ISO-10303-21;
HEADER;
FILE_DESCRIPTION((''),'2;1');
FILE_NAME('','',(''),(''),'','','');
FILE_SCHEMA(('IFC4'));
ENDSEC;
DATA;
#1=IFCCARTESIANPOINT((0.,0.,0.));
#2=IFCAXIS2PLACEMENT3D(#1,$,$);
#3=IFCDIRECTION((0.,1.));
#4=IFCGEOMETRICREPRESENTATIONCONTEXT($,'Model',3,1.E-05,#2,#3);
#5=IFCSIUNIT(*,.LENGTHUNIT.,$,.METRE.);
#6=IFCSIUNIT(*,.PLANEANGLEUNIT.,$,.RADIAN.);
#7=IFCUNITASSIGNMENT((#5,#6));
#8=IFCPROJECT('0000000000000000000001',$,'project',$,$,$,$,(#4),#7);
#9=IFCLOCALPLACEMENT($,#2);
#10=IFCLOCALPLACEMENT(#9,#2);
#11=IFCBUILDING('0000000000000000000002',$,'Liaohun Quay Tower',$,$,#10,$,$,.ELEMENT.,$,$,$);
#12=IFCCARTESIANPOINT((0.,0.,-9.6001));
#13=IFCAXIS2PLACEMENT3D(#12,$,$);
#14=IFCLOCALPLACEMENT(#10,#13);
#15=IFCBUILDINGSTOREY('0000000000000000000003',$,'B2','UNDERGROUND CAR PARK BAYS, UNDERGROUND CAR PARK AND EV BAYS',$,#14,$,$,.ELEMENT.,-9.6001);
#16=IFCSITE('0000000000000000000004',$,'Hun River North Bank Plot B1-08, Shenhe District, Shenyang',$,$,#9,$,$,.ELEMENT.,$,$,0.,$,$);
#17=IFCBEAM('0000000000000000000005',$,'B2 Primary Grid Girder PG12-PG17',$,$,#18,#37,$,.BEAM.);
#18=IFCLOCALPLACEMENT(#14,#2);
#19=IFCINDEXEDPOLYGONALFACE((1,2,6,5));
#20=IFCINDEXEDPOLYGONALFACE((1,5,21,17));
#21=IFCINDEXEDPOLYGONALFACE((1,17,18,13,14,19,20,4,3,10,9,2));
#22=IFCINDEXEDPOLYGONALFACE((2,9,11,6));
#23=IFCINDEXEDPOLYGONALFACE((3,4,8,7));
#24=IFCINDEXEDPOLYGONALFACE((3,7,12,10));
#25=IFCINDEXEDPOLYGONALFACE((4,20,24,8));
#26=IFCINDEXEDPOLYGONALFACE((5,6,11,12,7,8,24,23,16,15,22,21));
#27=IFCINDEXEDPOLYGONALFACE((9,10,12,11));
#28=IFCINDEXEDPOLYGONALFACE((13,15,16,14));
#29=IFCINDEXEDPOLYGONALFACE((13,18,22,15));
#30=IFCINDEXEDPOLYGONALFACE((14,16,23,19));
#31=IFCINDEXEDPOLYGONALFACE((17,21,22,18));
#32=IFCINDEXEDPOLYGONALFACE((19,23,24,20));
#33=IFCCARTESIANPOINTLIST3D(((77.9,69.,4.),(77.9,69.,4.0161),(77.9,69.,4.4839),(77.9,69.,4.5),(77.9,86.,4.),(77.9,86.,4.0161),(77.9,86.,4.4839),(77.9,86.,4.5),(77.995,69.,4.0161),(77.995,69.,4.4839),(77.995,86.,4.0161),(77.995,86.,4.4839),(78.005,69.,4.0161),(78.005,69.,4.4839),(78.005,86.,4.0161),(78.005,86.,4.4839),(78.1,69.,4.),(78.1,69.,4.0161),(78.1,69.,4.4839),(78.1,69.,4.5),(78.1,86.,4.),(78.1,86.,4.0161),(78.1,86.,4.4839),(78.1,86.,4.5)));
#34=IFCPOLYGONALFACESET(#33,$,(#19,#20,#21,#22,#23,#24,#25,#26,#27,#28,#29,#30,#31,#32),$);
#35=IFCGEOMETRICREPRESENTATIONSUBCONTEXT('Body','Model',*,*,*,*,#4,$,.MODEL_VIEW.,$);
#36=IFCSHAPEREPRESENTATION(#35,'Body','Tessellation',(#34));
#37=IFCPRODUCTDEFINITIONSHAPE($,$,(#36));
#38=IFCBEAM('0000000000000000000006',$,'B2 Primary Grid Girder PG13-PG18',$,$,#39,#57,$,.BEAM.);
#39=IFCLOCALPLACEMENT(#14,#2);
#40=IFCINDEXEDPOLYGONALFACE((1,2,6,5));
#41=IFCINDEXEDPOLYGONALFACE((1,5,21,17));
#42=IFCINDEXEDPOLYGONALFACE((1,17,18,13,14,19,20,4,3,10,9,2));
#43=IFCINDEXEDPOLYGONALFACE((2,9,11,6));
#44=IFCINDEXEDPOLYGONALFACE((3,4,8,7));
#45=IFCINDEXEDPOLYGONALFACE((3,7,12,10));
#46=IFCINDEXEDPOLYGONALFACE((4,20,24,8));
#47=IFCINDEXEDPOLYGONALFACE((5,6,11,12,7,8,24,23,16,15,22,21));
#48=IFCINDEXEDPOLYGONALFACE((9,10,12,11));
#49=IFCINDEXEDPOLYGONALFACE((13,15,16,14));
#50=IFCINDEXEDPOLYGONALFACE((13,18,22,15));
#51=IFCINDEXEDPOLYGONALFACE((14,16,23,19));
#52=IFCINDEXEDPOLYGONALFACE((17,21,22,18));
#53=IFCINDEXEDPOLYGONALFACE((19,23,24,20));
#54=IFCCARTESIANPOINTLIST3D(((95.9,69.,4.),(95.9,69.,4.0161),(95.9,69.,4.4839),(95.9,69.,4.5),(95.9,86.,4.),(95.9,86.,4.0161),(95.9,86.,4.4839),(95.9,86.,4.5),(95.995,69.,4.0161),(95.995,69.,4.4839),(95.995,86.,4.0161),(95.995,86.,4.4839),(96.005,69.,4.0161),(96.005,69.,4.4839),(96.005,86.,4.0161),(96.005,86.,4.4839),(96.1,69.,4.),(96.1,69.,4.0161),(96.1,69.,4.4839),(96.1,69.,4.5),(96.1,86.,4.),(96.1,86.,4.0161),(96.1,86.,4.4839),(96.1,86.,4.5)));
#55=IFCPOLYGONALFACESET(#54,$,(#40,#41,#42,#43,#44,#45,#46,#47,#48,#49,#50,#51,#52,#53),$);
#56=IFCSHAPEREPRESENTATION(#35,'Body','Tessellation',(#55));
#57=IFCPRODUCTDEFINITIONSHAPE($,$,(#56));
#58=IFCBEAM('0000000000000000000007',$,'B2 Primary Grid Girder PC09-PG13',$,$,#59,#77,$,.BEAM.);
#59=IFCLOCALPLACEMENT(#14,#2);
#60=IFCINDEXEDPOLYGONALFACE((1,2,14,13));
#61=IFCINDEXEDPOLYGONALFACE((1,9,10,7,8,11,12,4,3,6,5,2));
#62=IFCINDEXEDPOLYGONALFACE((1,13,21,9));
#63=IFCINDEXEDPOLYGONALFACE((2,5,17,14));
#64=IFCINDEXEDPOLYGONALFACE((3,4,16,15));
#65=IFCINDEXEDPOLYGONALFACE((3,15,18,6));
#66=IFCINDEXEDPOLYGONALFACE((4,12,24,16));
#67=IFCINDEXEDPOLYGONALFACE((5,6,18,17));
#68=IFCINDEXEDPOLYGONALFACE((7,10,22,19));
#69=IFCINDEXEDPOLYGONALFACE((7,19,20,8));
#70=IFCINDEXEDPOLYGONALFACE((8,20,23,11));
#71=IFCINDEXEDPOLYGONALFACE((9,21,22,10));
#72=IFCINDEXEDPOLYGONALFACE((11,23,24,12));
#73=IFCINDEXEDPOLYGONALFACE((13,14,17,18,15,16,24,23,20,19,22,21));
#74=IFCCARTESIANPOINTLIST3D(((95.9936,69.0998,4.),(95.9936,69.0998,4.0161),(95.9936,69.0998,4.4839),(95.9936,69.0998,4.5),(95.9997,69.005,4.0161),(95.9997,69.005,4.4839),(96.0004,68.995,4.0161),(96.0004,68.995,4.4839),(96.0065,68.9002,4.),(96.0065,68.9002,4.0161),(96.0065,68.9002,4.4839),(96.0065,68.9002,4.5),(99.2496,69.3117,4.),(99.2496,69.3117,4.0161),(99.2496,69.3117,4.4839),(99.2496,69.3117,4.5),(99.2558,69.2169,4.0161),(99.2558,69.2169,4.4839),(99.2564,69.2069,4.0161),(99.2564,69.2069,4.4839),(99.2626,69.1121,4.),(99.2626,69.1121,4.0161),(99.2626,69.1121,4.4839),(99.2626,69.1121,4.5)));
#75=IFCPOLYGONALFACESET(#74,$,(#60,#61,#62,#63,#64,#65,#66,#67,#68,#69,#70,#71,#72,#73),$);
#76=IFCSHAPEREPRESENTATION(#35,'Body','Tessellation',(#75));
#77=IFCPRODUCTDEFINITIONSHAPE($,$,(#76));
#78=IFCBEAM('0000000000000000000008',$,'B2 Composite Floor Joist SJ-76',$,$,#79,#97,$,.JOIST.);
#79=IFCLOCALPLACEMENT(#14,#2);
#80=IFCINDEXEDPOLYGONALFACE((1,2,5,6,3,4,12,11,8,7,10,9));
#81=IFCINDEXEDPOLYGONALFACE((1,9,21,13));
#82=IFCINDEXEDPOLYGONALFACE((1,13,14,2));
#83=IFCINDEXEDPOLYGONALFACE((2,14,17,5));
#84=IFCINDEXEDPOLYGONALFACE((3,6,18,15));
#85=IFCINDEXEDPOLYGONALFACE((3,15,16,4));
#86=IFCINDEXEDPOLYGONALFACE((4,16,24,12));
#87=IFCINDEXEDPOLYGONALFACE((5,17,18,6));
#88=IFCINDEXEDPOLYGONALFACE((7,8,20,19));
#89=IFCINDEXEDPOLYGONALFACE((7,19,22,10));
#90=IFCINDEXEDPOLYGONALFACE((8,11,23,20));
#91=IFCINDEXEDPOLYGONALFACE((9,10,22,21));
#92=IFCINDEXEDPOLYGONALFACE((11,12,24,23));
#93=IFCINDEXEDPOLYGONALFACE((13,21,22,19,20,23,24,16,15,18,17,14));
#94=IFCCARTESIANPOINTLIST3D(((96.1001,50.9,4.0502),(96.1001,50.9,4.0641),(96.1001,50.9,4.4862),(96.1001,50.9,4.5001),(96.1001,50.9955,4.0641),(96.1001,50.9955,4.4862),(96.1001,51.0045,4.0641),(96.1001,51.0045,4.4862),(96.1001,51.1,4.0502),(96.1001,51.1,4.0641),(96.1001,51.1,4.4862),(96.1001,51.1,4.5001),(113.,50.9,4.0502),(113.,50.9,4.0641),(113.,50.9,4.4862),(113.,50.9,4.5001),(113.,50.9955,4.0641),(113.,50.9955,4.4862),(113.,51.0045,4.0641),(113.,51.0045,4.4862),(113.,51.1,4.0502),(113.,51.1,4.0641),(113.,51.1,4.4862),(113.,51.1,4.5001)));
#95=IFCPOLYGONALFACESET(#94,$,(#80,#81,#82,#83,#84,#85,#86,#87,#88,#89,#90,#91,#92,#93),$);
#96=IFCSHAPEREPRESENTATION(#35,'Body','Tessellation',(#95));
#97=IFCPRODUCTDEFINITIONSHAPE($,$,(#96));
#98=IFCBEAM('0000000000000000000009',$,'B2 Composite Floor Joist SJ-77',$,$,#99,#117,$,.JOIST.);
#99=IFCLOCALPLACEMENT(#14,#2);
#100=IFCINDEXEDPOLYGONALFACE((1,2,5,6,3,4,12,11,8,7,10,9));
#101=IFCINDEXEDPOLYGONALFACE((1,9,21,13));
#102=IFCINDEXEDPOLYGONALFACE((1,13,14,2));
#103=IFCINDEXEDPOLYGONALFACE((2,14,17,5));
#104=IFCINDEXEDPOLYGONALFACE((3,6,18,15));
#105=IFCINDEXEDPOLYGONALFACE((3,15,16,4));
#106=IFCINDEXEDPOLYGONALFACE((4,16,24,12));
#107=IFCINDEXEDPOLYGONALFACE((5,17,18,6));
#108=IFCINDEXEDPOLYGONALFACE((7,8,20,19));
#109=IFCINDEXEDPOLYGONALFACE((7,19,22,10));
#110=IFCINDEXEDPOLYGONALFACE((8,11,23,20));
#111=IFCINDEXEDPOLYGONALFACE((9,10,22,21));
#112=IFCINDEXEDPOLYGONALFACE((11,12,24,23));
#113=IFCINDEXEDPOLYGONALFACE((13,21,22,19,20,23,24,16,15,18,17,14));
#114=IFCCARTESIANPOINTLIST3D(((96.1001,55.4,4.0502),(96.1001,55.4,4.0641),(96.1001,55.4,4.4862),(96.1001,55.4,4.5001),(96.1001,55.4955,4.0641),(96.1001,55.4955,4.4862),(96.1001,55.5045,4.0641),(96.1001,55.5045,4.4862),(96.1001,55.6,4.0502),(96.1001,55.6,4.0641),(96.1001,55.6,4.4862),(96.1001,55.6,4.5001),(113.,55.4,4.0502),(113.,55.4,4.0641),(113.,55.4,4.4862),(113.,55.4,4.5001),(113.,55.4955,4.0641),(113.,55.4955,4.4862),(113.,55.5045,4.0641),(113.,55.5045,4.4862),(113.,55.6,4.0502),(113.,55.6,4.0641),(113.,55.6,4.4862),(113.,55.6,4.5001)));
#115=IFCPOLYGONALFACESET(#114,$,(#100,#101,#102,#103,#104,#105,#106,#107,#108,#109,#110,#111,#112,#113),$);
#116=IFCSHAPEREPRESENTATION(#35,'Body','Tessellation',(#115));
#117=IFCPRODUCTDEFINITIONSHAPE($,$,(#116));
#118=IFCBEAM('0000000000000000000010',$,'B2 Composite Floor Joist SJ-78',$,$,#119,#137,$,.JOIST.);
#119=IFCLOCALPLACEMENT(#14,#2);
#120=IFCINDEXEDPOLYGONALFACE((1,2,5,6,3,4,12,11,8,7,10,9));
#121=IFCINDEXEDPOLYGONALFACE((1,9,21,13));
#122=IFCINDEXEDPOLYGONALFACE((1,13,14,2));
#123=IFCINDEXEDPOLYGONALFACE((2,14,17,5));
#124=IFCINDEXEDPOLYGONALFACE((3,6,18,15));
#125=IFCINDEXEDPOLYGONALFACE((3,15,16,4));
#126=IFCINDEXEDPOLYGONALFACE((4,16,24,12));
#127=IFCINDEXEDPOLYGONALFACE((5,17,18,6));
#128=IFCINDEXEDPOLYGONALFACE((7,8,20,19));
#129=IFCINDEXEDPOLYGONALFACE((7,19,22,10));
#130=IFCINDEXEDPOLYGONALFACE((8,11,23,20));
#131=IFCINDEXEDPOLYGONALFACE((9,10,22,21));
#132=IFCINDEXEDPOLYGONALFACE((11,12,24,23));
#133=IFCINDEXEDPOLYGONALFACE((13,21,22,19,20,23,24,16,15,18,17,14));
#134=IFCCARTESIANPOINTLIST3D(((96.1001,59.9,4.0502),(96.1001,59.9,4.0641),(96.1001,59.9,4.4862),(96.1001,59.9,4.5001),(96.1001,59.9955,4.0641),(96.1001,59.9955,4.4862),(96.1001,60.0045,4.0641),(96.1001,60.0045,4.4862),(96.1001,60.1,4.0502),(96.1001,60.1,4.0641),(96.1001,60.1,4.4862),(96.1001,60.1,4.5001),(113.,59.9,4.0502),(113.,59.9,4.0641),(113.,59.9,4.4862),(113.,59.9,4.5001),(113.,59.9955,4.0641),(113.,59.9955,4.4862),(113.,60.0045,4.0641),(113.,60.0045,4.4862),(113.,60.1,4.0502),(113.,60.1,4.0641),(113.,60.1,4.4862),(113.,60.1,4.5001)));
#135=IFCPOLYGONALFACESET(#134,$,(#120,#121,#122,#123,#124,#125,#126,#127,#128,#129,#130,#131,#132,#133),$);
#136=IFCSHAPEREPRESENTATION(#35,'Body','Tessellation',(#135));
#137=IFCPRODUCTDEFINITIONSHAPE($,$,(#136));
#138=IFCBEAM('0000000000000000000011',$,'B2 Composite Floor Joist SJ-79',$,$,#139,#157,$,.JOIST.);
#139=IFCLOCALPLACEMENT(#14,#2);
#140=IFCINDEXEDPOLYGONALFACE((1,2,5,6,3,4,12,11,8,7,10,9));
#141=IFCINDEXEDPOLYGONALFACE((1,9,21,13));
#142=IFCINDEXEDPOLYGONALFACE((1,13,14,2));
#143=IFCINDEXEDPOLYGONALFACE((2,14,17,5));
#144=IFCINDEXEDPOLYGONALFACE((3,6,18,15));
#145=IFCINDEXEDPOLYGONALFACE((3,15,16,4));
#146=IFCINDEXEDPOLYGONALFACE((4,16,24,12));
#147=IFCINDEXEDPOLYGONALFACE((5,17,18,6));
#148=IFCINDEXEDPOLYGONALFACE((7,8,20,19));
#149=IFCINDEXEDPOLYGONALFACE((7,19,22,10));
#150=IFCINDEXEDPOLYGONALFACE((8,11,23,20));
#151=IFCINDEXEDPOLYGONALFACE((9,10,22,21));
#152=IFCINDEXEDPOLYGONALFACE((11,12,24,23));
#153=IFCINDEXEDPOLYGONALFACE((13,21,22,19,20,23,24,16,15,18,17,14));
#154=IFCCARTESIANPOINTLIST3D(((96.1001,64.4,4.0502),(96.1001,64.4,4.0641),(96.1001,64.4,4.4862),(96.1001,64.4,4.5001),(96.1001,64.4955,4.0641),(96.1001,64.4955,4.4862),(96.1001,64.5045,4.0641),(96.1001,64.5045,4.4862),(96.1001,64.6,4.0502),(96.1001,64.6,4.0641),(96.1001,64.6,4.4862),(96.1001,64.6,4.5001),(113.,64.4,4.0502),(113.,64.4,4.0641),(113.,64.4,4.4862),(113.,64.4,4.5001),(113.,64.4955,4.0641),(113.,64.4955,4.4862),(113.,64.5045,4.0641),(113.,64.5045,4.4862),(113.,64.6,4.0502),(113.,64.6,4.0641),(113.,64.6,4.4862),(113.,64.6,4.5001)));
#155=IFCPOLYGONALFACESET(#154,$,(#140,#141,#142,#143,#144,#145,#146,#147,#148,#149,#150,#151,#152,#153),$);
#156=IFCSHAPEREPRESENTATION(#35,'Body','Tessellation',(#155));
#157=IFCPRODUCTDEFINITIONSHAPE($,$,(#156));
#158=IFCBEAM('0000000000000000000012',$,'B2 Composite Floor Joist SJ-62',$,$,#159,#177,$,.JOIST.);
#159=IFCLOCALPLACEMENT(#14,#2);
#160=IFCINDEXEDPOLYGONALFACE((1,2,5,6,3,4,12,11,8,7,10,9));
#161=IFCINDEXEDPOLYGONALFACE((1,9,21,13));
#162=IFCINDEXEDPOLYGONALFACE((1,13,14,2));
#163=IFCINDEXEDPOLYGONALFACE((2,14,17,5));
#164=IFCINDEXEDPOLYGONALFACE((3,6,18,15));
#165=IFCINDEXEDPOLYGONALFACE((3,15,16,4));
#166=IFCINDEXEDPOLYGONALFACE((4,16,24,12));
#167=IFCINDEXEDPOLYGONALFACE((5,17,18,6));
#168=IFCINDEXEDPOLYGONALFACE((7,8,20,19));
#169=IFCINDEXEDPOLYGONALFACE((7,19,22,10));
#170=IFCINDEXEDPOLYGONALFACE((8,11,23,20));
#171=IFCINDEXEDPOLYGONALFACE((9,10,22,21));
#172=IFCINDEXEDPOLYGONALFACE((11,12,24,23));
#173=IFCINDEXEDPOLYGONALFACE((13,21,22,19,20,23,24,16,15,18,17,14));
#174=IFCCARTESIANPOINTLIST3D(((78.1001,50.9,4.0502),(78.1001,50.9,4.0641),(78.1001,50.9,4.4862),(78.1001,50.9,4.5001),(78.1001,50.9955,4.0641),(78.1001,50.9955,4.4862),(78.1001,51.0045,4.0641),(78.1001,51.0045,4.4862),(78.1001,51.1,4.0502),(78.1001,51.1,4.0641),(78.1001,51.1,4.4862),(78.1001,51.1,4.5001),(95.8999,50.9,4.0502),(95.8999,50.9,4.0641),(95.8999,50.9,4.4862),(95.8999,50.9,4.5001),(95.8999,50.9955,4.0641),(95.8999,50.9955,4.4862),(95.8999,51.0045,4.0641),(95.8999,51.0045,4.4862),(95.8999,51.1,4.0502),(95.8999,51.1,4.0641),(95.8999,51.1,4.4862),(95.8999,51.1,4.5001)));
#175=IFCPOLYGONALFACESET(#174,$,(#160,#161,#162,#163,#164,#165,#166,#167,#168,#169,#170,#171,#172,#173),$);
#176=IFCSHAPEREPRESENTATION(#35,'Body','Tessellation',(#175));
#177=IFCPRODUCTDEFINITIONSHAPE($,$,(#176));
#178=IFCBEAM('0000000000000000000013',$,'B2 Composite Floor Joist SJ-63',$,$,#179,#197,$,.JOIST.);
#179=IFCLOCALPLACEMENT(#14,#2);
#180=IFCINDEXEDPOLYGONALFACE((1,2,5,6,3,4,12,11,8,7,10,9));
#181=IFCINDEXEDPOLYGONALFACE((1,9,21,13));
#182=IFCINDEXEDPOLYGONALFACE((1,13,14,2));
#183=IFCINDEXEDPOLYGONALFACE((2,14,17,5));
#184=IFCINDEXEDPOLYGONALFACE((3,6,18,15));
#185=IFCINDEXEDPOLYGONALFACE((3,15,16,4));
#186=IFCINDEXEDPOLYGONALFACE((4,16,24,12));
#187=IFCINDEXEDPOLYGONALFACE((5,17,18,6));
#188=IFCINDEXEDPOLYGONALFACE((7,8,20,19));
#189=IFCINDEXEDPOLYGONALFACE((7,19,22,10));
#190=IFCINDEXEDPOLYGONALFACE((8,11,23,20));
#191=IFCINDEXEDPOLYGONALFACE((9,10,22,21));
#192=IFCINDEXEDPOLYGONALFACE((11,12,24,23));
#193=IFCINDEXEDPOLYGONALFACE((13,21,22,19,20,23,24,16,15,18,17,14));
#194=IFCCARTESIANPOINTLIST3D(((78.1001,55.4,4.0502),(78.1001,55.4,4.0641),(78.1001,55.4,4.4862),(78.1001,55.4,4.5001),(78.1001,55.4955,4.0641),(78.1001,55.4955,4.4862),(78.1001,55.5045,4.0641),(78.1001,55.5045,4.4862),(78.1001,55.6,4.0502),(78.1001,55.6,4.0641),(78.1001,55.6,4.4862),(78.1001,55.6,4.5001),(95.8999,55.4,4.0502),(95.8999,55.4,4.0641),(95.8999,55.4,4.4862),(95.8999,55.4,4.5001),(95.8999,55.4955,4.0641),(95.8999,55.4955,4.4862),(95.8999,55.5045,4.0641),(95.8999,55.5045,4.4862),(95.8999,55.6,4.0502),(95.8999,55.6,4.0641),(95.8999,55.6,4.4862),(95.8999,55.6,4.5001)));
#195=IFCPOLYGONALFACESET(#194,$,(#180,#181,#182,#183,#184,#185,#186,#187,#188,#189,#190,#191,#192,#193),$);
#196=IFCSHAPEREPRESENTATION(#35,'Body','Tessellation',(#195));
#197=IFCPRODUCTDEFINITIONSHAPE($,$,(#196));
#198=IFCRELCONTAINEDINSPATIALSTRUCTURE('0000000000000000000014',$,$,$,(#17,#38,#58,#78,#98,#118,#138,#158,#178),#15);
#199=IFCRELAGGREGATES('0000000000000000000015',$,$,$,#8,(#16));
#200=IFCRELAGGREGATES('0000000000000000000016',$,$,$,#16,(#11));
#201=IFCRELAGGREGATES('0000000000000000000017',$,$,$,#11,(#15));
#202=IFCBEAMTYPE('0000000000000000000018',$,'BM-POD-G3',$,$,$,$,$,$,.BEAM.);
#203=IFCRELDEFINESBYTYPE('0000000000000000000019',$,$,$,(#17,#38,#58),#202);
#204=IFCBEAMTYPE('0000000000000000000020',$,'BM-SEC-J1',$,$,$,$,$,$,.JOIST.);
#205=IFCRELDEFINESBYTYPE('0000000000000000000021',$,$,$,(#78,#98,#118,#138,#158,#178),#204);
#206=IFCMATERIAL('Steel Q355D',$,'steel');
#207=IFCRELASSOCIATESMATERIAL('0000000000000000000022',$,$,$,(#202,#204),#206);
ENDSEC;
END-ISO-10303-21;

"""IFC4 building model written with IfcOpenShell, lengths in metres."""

from ifc_helpers import new_model, si_unit, direction, frame, origin, origin_2d, place, context, subcontext, project, spatial, i_section, extrude, source, transform, mapped, material, material_profile, profile_set, type_object, element, save


model = new_model("IFC4")

# Units and contexts
model_context = context("Model", 3, precision=1e-05, world=origin(), true_north=direction((0.0, 1.0)))
body_context = subcontext(model_context, "Body", "Model", "MODEL_VIEW")
ifc_project = project(units=[si_unit("LENGTHUNIT", "METRE"), si_unit("PLANEANGLEUNIT", "RADIAN")], contexts=[model_context])

# Site, building, storey
site_placement = place(None, origin())
site = spatial("IfcSite", under=ifc_project, at=site_placement, Name="Hun River North Bank Plot B1-08, Shenhe District, Shenyang", CompositionType="ELEMENT", RefElevation=0.0)
building_placement = place(site_placement, origin())
building = spatial("IfcBuilding", under=site, at=building_placement, Name="Liaohun Quay Tower", CompositionType="ELEMENT")
storey_placement = place(building_placement, frame((0.0, 0.0, -9.6001)))
storey = spatial("IfcBuildingStorey", under=building, at=storey_placement, Name="B2", Description="UNDERGROUND CAR PARK BAYS, UNDERGROUND CAR PARK AND EV BAYS", CompositionType="ELEMENT", Elevation=-9.6001)

# Beams
ifc_material_1 = material(Name="Steel Q355D", Category="steel")
ifc_material_profile_1 = material_profile(ifc_material_1, i_section(OverallWidth=0.2, OverallDepth=0.5, WebThickness=0.01, FlangeThickness=0.0161, at=origin_2d()), Name="HN500x200x10x16")
ifc_profile_set_1 = profile_set([ifc_material_profile_1], Name="Steel Q355D")
beam_type_1 = type_object("IfcBeamType", Name="BM-POD-G3", PredefinedType="BEAM", material=ifc_profile_set_1)
shared_shape_1 = source(origin(), body_context, "Body", "SweptSolid", [
    extrude(i_section(OverallWidth=0.2, OverallDepth=0.5, WebThickness=0.01, FlangeThickness=0.0161, at=origin_2d()), origin(), (0.0, 0.0, 1.0), 17.0),
])
for number, where, z_axis, x_axis, name in (
    (1, (78.0, 69.0, 4.25), (0.0, 1.0, 0.0), (-1.0, 0.0, 0.0), "B2 Primary Grid Girder PG12-PG17"),
    (2, (96.0, 69.0, 4.25), (0.0, 1.0, 0.0), (-1.0, 0.0, 0.0), "B2 Primary Grid Girder PG13-PG18"),
):
    element("IfcBeam", number, at=place(storey_placement, frame(where, z_axis=z_axis, x_axis=x_axis)), inside=storey, type_object=beam_type_1, Name=name, PredefinedType="BEAM", context=body_context, shape_type="MappedRepresentation", body=[
        mapped(shared_shape_1, transform((0.0, 0.0, 0.0), x_axis=(1.0, 0.0, 0.0), y_axis=(0.0, 1.0, 0.0), z_axis=(0.0, 0.0, 1.0), scale=1.0)),
    ])
shared_shape_2 = source(origin(), body_context, "Body", "SweptSolid", [
    extrude(i_section(OverallWidth=0.2, OverallDepth=0.5, WebThickness=0.01, FlangeThickness=0.0161, at=origin_2d()), origin(), (0.0, 0.0, 1.0), 3.2629),
])
beam_1_placement = place(storey_placement, frame((99.2561, 69.2119, 4.25), z_axis=(-0.997889, -0.064945, 0.0), x_axis=(0.064945, -0.997889, 0.0)))
element("IfcBeam", 3, at=beam_1_placement, inside=storey, type_object=beam_type_1, Name="B2 Primary Grid Girder PC09-PG13", PredefinedType="BEAM", context=body_context, shape_type="MappedRepresentation", body=[
    mapped(shared_shape_2, transform((0.0, 0.0, 0.0), x_axis=(1.0, 0.0, 0.0), y_axis=(0.0, 1.0, 0.0), z_axis=(0.0, 0.0, 1.0), scale=1.0)),
])
ifc_material_profile_2 = material_profile(ifc_material_1, i_section(OverallWidth=0.2, OverallDepth=0.45, WebThickness=0.009, FlangeThickness=0.0139, at=origin_2d()), Name="HN450x200x9x14")
ifc_profile_set_2 = profile_set([ifc_material_profile_2], Name="Steel Q355D")
beam_type_2 = type_object("IfcBeamType", Name="BM-SEC-J1", PredefinedType="JOIST", material=ifc_profile_set_2)
shared_shape_3 = source(origin(), body_context, "Body", "SweptSolid", [
    extrude(i_section(OverallWidth=0.2, OverallDepth=0.45, WebThickness=0.009, FlangeThickness=0.0139, at=origin_2d()), origin(), (0.0, 0.0, 1.0), 16.8999),
])
for number, where, z_axis, x_axis, name in (
    (4, (96.1001, 51.0, 4.2751), (1.0, 0.0, 0.0), (0.0, 1.0, 0.0), "B2 Composite Floor Joist SJ-76"),
    (5, (96.1001, 55.5, 4.2751), (1.0, 0.0, 0.0), (0.0, 1.0, 0.0), "B2 Composite Floor Joist SJ-77"),
    (6, (96.1001, 60.0, 4.2751), (1.0, 0.0, 0.0), (0.0, 1.0, 0.0), "B2 Composite Floor Joist SJ-78"),
    (7, (96.1001, 64.5, 4.2751), (1.0, 0.0, 0.0), (0.0, 1.0, 0.0), "B2 Composite Floor Joist SJ-79"),
):
    element("IfcBeam", number, at=place(storey_placement, frame(where, z_axis=z_axis, x_axis=x_axis)), inside=storey, type_object=beam_type_2, Name=name, PredefinedType="JOIST", context=body_context, shape_type="MappedRepresentation", body=[
        mapped(shared_shape_3, transform((0.0, 0.0, 0.0), x_axis=(1.0, 0.0, 0.0), y_axis=(0.0, 1.0, 0.0), z_axis=(0.0, 0.0, 1.0), scale=1.0)),
    ])
shared_shape_4 = source(origin(), body_context, "Body", "SweptSolid", [
    extrude(i_section(OverallWidth=0.2, OverallDepth=0.45, WebThickness=0.009, FlangeThickness=0.0139, at=origin_2d()), origin(), (0.0, 0.0, 1.0), 17.7998),
])
for number, where, z_axis, x_axis, name in (
    (8, (78.1001, 51.0, 4.2751), (1.0, 0.0, 0.0), (0.0, 1.0, 0.0), "B2 Composite Floor Joist SJ-62"),
    (9, (78.1001, 55.5, 4.2751), (1.0, 0.0, 0.0), (0.0, 1.0, 0.0), "B2 Composite Floor Joist SJ-63"),
):
    element("IfcBeam", number, at=place(storey_placement, frame(where, z_axis=z_axis, x_axis=x_axis)), inside=storey, type_object=beam_type_2, Name=name, PredefinedType="JOIST", context=body_context, shape_type="MappedRepresentation", body=[
        mapped(shared_shape_4, transform((0.0, 0.0, 0.0), x_axis=(1.0, 0.0, 0.0), y_axis=(0.0, 1.0, 0.0), z_axis=(0.0, 0.0, 1.0), scale=1.0)),
    ])

save(model, "model.ifc")
